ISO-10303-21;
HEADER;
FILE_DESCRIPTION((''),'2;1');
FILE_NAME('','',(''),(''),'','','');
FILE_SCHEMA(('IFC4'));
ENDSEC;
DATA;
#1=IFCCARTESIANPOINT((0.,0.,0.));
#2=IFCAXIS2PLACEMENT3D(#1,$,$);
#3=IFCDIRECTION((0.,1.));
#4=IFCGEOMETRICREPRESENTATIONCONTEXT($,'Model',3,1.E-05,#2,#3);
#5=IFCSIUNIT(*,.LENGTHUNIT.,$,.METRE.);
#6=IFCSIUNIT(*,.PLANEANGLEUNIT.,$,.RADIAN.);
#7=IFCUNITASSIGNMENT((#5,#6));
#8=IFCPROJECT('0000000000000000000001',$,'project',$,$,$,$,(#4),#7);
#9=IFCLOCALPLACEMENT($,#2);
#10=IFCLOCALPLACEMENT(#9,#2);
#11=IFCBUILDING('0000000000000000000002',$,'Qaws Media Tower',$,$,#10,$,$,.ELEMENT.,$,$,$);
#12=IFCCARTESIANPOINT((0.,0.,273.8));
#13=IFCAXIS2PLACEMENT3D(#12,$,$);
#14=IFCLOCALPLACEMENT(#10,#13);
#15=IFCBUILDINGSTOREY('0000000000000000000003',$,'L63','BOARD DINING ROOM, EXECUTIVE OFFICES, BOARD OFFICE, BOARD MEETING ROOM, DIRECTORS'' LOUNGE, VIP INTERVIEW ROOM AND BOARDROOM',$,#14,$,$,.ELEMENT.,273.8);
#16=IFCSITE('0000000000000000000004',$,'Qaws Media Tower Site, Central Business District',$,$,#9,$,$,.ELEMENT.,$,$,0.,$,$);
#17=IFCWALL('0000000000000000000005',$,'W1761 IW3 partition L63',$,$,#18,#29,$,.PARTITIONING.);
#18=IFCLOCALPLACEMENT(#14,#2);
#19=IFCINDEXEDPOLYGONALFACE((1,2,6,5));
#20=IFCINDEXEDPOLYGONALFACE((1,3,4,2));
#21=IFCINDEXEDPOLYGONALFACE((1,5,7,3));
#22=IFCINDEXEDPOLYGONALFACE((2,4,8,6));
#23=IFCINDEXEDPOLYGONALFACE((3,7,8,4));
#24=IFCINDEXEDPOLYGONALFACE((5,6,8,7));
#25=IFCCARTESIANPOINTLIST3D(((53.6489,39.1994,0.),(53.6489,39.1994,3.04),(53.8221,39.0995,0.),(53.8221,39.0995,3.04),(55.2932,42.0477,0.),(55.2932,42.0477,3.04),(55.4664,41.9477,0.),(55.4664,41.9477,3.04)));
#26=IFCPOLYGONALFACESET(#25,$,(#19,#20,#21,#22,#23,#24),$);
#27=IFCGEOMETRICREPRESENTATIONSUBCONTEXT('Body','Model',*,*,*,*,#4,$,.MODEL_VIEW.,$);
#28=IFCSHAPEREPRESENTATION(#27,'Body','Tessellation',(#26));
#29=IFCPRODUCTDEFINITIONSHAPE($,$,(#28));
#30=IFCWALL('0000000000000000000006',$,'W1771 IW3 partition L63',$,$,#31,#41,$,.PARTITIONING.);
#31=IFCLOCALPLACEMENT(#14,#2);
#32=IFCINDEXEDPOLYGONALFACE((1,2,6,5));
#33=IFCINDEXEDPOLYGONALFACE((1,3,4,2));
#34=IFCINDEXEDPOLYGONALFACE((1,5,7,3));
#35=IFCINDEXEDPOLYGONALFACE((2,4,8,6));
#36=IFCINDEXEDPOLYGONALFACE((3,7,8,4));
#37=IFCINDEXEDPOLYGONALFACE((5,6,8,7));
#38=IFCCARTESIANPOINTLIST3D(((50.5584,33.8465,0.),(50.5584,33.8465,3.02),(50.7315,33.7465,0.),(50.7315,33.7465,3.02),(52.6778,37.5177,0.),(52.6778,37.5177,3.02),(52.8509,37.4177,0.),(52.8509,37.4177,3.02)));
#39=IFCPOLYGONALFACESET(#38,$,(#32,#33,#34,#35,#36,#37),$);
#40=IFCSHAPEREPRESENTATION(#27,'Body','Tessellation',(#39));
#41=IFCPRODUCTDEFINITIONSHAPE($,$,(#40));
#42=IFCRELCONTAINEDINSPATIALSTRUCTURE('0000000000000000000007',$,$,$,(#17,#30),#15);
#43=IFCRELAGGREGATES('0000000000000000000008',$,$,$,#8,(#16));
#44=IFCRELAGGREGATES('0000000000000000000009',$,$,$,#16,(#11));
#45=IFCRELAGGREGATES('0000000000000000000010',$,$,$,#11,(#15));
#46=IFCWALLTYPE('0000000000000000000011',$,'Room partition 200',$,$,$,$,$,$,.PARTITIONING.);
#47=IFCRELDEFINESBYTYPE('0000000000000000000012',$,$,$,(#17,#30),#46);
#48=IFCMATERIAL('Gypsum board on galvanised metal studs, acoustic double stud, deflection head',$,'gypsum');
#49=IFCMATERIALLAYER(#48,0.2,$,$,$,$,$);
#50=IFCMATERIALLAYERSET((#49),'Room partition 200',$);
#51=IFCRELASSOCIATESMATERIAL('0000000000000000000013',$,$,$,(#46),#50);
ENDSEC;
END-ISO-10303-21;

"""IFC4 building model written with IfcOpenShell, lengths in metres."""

from ifc_helpers import new_model, si_unit, direction, frame, frame_2d, origin, place, context, subcontext, project, spatial, rectangle, extrude, material, layer, layer_set, type_object, element, save


model = new_model("IFC4")

# Units and contexts
model_context = context("Model", 3, precision=1e-05, world=origin(), true_north=direction((0.0, 1.0)))
body_context = subcontext(model_context, "Body", "Model", "MODEL_VIEW")
ifc_project = project(units=[si_unit("LENGTHUNIT", "METRE"), si_unit("PLANEANGLEUNIT", "RADIAN")], contexts=[model_context])

# Site, building, storey
site_placement = place(None, origin())
site = spatial("IfcSite", under=ifc_project, at=site_placement, Name="Qaws Media Tower Site, Central Business District", CompositionType="ELEMENT", RefElevation=0.0)
building_placement = place(site_placement, origin())
building = spatial("IfcBuilding", under=site, at=building_placement, Name="Qaws Media Tower", CompositionType="ELEMENT")
storey_placement = place(building_placement, frame((0.0, 0.0, 273.8)))
storey = spatial("IfcBuildingStorey", under=building, at=storey_placement, Name="L63", Description="BOARD DINING ROOM, EXECUTIVE OFFICES, BOARD OFFICE, BOARD MEETING ROOM, DIRECTORS' LOUNGE, VIP INTERVIEW ROOM AND BOARDROOM", CompositionType="ELEMENT", Elevation=273.8)

# Shared definitions
ifc_material_1 = material(Name="Gypsum board on galvanised metal studs, acoustic double stud, deflection head", Category="gypsum")
ifc_layer_1 = layer(ifc_material_1, 0.2)
ifc_layer_set_1 = layer_set([ifc_layer_1], Name="Room partition 200")
wall_type = type_object("IfcWallType", Name="Room partition 200", PredefinedType="PARTITIONING", material=ifc_layer_set_1)

# Walls
wall_1_placement = place(storey_placement, frame((55.3799, 41.9978, 0.0), z_axis=(0.0, 0.0, 1.0), x_axis=(-0.499979, -0.866037, 0.0)))
element("IfcWall", 1, at=wall_1_placement, inside=storey, type_object=wall_type, Name="W1761 IW3 partition L63", PredefinedType="PARTITIONING", context=body_context, shape_type="SweptSolid", body=[
    extrude(rectangle(XDim=3.2888, YDim=0.2, at=frame_2d((1.6445, 0.0))), origin(), (0.0, 0.0, 1.0), 3.04),
])
wall_2_placement = place(storey_placement, frame((52.7644, 37.4678, 0.0), z_axis=(0.0, 0.0, 1.0), x_axis=(-0.499973, -0.866041, 0.0)))
element("IfcWall", 2, at=wall_2_placement, inside=storey, type_object=wall_type, Name="W1771 IW3 partition L63", PredefinedType="PARTITIONING", context=body_context, shape_type="SweptSolid", body=[
    extrude(rectangle(XDim=4.239, YDim=0.2, at=frame_2d((2.1196, 0.0))), origin(), (0.0, 0.0, 1.0), 3.02),
])

save(model, "model.ifc")
